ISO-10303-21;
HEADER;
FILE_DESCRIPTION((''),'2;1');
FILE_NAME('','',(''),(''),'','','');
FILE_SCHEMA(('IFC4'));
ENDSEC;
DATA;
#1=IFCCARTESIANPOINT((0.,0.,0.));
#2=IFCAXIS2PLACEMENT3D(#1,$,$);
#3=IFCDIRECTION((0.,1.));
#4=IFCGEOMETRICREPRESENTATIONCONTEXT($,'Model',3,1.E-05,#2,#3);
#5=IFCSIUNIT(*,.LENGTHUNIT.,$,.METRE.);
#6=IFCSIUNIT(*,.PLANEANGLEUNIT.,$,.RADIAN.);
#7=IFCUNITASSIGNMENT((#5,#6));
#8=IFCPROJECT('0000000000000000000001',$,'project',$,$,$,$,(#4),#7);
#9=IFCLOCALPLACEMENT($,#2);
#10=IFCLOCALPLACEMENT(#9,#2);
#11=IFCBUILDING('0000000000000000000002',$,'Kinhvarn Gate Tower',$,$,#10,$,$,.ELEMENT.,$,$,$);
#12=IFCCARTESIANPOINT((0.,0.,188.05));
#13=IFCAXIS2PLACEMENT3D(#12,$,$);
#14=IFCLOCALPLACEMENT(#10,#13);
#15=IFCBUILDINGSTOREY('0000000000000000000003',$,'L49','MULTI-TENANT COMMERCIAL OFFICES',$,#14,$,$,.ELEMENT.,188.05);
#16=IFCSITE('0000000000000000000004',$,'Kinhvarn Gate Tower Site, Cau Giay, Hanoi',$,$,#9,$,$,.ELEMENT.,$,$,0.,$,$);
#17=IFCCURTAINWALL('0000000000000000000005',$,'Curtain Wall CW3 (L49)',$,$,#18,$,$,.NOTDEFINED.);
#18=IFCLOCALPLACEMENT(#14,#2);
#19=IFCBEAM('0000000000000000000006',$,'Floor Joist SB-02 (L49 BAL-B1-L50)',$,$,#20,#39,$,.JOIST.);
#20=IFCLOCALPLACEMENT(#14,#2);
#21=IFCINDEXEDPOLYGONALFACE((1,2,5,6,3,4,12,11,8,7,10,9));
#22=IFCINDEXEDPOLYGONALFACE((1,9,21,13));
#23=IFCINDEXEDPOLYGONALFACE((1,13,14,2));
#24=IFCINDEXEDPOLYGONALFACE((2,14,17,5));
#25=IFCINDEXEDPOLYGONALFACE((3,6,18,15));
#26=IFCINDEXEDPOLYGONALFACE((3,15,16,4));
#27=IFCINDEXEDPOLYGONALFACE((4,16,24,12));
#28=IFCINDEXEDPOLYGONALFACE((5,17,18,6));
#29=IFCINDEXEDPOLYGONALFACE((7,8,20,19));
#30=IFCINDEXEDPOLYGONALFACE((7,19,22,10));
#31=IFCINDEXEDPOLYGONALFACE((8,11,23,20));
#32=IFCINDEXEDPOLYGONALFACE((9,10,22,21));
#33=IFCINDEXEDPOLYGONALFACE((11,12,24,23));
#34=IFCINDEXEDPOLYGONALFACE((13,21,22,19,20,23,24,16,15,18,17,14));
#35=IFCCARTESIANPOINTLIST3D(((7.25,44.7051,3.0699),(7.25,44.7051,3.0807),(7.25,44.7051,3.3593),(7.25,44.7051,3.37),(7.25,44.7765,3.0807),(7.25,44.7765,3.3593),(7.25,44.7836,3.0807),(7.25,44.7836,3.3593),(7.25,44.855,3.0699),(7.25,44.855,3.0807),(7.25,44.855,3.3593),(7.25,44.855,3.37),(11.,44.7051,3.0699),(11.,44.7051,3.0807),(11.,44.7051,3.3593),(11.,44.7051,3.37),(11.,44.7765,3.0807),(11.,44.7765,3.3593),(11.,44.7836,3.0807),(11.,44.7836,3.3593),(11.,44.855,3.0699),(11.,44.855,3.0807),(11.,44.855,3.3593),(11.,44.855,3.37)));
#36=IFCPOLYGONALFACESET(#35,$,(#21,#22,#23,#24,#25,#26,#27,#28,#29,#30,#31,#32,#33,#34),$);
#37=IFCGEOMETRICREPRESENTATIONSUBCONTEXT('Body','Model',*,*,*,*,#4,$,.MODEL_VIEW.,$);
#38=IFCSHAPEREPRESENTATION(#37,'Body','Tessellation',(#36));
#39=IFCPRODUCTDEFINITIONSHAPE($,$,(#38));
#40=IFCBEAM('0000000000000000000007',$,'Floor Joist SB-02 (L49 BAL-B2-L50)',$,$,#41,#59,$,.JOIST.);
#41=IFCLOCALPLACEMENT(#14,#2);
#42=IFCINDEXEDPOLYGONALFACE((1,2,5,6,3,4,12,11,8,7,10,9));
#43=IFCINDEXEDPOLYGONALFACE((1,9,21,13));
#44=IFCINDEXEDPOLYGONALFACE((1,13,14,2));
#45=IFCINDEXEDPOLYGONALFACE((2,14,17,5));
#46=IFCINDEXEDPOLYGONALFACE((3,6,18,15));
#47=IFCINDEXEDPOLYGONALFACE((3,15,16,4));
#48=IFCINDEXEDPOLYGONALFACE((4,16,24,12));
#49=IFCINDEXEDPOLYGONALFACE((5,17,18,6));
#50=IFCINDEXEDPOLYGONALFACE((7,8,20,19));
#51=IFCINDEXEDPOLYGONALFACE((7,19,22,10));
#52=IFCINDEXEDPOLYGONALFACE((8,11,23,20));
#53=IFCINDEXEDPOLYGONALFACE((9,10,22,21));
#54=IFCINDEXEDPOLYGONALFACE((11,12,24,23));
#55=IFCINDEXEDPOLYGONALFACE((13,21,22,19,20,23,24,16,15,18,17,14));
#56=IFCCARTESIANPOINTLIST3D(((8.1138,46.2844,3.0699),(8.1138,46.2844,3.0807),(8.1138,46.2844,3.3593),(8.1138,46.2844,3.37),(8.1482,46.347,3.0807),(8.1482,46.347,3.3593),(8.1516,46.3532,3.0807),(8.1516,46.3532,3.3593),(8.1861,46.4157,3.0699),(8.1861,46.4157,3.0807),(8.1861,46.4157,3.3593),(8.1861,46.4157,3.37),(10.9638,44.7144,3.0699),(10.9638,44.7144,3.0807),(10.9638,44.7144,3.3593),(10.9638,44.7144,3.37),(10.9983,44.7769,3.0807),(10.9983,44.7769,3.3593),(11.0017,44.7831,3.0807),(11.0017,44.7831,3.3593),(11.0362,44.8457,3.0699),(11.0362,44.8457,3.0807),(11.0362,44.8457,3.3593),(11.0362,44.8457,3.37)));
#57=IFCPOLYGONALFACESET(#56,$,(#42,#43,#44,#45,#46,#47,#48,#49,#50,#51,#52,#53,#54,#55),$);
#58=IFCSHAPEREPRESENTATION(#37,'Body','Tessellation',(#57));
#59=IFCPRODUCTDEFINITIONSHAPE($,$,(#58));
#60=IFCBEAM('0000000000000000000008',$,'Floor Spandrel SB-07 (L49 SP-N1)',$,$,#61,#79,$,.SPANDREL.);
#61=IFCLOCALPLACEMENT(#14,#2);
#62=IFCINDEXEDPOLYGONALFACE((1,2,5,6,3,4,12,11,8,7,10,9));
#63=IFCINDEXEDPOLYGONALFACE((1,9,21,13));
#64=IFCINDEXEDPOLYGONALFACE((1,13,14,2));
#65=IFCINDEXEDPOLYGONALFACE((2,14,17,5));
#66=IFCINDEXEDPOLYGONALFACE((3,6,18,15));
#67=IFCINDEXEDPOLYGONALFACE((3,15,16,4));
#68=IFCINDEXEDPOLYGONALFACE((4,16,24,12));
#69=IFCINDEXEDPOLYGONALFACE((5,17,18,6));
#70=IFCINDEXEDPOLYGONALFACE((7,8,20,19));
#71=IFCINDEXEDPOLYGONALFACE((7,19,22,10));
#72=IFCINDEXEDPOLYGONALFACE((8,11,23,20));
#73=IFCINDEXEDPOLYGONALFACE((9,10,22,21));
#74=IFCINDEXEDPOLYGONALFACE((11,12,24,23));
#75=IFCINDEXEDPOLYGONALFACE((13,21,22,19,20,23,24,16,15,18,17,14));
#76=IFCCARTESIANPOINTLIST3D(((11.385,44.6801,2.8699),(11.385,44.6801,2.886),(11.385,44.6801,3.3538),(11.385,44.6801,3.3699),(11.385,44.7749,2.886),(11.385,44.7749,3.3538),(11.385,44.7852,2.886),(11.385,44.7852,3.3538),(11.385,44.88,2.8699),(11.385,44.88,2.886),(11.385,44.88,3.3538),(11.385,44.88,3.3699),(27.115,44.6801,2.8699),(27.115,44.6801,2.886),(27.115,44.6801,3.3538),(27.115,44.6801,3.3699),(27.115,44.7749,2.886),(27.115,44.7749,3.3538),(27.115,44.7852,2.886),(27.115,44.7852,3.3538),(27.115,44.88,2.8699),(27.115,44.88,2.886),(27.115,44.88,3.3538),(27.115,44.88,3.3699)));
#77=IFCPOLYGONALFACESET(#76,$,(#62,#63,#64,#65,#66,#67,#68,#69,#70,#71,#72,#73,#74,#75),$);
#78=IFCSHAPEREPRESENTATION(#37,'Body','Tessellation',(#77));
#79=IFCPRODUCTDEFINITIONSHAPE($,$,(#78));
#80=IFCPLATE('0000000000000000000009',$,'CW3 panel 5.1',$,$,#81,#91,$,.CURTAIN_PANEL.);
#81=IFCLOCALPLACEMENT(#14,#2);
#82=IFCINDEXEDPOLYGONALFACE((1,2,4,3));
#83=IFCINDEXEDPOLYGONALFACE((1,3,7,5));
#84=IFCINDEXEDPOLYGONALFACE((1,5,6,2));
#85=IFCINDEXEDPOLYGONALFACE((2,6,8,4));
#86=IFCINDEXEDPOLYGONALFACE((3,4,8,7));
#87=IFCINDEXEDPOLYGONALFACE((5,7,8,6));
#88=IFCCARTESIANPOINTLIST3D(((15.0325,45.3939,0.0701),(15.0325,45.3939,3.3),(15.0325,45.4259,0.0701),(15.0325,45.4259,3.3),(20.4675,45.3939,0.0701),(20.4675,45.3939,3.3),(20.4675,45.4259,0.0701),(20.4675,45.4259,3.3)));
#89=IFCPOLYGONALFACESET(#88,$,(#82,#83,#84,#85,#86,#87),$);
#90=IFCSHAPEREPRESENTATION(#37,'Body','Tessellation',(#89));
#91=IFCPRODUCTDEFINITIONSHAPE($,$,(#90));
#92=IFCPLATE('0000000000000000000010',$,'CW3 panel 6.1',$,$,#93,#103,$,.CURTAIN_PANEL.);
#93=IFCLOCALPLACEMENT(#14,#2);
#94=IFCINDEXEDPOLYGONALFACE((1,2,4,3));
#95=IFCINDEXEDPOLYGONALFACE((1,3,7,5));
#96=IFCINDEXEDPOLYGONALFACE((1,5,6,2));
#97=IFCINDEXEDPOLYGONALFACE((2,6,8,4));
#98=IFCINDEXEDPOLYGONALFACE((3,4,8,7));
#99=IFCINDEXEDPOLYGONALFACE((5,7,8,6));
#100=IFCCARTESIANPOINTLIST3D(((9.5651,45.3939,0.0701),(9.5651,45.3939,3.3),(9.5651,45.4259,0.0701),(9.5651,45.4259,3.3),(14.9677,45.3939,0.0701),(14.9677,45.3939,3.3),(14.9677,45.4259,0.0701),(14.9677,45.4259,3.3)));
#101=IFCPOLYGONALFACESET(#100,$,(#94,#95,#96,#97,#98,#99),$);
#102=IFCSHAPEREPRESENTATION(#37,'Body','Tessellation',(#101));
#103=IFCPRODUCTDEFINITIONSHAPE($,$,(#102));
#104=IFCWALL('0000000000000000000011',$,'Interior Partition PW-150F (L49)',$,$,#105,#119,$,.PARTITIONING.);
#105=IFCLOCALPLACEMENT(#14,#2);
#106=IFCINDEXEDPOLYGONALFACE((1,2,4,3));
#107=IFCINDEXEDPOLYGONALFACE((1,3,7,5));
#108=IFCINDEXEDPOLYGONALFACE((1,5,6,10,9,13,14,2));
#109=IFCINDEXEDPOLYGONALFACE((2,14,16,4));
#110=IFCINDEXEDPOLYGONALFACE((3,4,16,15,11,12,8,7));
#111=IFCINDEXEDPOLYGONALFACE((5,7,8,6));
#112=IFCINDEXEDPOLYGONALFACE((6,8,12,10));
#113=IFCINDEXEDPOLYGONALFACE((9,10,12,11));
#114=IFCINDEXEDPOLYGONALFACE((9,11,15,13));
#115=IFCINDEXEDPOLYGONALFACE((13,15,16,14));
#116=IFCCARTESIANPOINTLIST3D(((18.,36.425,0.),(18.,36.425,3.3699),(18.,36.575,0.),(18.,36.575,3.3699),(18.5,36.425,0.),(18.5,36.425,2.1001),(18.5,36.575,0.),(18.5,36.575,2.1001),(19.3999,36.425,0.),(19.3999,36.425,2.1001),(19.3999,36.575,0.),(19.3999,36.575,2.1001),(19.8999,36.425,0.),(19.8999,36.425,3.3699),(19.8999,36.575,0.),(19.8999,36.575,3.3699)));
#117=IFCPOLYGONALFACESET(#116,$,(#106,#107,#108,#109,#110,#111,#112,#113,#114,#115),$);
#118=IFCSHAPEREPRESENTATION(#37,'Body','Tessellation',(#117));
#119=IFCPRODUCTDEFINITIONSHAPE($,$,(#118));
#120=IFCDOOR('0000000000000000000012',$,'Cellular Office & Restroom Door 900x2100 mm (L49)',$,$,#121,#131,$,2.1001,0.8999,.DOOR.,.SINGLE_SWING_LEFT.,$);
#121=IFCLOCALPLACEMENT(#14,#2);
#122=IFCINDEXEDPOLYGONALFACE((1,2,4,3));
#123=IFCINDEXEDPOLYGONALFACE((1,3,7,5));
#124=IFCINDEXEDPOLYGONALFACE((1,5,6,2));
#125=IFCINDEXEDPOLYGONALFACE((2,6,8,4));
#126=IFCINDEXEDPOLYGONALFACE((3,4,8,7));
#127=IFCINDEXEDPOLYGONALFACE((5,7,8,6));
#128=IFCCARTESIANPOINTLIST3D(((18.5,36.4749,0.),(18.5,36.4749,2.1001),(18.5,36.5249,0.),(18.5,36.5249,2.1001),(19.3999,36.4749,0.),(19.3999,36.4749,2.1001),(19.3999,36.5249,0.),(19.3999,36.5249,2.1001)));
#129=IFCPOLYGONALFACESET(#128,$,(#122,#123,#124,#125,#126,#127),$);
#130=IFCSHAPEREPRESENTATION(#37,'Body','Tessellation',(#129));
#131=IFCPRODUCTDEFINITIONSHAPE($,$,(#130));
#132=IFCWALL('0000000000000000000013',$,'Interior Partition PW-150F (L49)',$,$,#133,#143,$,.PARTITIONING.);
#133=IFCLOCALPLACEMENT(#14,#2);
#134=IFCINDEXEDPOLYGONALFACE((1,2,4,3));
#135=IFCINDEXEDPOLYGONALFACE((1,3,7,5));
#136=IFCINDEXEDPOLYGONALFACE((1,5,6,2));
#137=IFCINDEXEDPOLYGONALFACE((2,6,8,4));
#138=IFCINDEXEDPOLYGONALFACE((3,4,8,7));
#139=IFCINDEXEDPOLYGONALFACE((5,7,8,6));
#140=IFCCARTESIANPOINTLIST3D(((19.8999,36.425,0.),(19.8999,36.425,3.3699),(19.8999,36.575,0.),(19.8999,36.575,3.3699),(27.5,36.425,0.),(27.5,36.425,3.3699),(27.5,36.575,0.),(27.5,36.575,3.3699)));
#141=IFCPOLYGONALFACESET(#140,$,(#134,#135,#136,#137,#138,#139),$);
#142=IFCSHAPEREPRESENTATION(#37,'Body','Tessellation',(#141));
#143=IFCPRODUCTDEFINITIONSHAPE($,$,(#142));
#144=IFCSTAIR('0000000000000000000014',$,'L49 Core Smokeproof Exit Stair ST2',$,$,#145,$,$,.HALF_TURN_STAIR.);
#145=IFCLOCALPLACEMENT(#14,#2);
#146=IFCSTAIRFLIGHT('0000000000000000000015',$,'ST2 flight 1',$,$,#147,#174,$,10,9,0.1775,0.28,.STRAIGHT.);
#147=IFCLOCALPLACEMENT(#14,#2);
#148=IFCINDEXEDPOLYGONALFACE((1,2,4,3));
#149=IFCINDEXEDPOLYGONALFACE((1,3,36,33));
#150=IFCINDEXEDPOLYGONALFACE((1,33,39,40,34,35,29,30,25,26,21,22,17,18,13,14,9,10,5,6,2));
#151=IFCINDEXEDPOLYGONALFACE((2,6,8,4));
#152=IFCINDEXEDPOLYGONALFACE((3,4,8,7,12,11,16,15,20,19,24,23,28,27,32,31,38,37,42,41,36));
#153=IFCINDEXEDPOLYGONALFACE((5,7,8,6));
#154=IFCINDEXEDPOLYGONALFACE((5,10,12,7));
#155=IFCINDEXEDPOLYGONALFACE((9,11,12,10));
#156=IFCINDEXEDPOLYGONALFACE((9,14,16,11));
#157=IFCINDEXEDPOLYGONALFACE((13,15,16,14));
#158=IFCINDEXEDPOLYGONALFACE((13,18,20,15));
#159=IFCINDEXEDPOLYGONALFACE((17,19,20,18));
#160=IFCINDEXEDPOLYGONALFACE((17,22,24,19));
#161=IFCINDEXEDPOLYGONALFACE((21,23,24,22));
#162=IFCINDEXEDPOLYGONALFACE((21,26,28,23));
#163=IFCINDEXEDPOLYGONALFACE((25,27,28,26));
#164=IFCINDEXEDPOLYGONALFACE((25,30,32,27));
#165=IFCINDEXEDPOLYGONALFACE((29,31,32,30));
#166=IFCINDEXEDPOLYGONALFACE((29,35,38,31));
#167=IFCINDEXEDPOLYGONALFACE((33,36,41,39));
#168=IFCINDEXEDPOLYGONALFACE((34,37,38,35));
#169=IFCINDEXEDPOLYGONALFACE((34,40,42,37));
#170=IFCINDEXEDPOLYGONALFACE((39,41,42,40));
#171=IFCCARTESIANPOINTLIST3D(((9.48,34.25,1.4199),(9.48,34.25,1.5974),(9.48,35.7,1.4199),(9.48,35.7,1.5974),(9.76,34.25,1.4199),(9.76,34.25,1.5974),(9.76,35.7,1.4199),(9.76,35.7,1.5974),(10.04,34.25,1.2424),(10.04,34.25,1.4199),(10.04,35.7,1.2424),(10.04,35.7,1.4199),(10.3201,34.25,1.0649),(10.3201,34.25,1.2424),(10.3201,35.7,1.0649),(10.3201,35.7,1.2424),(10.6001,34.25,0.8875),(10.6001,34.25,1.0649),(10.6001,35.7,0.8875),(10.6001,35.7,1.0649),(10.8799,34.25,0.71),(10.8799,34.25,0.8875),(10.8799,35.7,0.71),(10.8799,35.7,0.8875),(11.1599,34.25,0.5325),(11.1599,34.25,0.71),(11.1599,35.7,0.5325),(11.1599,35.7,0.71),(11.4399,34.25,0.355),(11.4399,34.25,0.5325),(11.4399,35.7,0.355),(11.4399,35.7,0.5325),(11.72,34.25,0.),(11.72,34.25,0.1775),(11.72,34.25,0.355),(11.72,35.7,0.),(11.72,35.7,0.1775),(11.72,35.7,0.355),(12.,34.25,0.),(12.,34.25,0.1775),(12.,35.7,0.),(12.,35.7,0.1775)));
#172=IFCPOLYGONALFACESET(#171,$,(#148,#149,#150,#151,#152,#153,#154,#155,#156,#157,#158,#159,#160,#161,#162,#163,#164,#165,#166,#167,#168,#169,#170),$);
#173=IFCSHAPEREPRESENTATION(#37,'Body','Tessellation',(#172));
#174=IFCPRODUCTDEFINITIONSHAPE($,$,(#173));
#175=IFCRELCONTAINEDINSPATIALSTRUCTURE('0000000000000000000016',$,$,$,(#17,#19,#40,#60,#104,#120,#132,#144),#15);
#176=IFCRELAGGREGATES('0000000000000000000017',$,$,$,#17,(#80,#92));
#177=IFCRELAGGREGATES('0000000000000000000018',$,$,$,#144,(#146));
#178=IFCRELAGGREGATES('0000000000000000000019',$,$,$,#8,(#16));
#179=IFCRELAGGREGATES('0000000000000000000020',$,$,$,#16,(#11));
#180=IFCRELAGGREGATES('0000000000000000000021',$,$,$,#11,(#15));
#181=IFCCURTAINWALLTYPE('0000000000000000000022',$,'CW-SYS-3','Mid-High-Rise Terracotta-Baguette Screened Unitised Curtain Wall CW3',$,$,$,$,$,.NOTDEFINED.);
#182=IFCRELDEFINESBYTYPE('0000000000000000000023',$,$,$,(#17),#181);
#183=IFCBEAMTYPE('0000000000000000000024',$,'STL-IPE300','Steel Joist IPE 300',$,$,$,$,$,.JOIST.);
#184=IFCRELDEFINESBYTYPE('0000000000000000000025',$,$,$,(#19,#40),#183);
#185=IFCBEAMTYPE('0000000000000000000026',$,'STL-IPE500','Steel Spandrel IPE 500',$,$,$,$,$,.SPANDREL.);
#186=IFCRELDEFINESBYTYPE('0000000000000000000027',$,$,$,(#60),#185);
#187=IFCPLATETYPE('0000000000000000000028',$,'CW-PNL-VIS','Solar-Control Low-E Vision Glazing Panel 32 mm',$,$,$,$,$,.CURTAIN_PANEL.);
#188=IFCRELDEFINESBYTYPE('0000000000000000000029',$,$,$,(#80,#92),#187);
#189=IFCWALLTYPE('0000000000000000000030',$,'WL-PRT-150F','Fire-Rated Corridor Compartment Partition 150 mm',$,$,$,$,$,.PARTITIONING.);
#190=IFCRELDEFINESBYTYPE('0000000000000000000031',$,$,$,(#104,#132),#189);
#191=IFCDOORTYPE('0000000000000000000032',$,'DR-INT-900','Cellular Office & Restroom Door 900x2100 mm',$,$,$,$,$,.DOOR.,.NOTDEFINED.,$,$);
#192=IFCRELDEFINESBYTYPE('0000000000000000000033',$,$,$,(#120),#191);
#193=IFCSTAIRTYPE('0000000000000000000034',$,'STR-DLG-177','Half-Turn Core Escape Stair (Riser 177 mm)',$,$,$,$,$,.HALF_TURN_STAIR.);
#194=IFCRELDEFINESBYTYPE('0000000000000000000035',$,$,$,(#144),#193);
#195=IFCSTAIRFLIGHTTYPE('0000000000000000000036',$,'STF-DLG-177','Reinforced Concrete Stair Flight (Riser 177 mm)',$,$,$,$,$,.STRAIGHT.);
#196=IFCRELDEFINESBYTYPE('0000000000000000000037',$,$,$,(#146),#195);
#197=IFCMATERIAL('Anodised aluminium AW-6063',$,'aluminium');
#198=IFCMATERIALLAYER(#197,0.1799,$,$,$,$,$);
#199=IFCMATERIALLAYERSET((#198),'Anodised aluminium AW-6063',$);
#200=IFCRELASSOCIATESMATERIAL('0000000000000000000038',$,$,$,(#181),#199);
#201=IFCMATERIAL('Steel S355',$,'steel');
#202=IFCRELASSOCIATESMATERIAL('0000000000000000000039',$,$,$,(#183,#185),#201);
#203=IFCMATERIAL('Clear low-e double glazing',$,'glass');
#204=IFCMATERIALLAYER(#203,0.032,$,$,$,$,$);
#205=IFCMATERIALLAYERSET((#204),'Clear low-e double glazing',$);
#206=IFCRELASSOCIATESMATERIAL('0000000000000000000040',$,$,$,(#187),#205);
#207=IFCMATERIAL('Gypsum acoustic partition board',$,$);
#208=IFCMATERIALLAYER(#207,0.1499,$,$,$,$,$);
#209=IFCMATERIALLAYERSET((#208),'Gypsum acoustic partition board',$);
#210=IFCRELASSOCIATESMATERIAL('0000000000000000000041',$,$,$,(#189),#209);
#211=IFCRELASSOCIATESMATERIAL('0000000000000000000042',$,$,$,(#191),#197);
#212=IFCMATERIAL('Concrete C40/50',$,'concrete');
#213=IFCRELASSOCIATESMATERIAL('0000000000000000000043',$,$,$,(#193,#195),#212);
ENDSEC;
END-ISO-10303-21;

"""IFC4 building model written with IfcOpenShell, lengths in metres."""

from ifc_helpers import new_model, si_unit, direction, frame, frame_2d, origin, origin_2d, place, context, subcontext, project, spatial, polyline, rectangle, i_section, outline, extrude, material, layer, layer_set, material_profile, profile_set, type_object, element, fill, aggregate, save


model = new_model("IFC4")

# Units and contexts
model_context = context("Model", 3, precision=1e-05, world=origin(), true_north=direction((0.0, 1.0)))
body_context = subcontext(model_context, "Body", "Model", "MODEL_VIEW")
ifc_project = project(units=[si_unit("LENGTHUNIT", "METRE"), si_unit("PLANEANGLEUNIT", "RADIAN")], contexts=[model_context])

# Site, building, storey
site_placement = place(None, origin())
site = spatial("IfcSite", under=ifc_project, at=site_placement, Name="Kinhvarn Gate Tower Site, Cau Giay, Hanoi", CompositionType="ELEMENT", RefElevation=0.0)
building_placement = place(site_placement, origin())
building = spatial("IfcBuilding", under=site, at=building_placement, Name="Kinhvarn Gate Tower", CompositionType="ELEMENT")
storey_placement = place(building_placement, frame((0.0, 0.0, 188.05)))
storey = spatial("IfcBuildingStorey", under=building, at=storey_placement, Name="L49", Description="MULTI-TENANT COMMERCIAL OFFICES", CompositionType="ELEMENT", Elevation=188.05)

# Curtain wall
ifc_material_1 = material(Name="Anodised aluminium AW-6063", Category="aluminium")
ifc_layer_1 = layer(ifc_material_1, 0.1799)
ifc_layer_set_1 = layer_set([ifc_layer_1], Name="Anodised aluminium AW-6063")
curtain_wall_type = type_object("IfcCurtainWallType", Name="CW-SYS-3", Description="Mid-High-Rise Terracotta-Baguette Screened Unitised Curtain Wall CW3", PredefinedType="NOTDEFINED", material=ifc_layer_set_1)
curtain_wall_placement = place(storey_placement, origin())
curtain_wall = element("IfcCurtainWall", 1, at=curtain_wall_placement, inside=storey, type_object=curtain_wall_type, Name="Curtain Wall CW3 (L49)", PredefinedType="NOTDEFINED")

# Beams
ifc_material_2 = material(Name="Steel S355", Category="steel")
ifc_material_profile_1 = material_profile(ifc_material_2, i_section(OverallWidth=0.1499, OverallDepth=0.3, WebThickness=0.0071, FlangeThickness=0.0107, at=origin_2d()), Name="IPE 300")
ifc_profile_set_1 = profile_set([ifc_material_profile_1], Name="Steel S355")
beam_type_1 = type_object("IfcBeamType", Name="STL-IPE300", Description="Steel Joist IPE 300", PredefinedType="JOIST", material=ifc_profile_set_1)
beam_1_placement = place(storey_placement, frame((11.0, 44.78, 3.22), z_axis=(-1.0, 0.0, 0.0), x_axis=(0.0, -1.0, 0.0)))
element("IfcBeam", 2, at=beam_1_placement, inside=storey, type_object=beam_type_1, Name="Floor Joist SB-02 (L49 BAL-B1-L50)", PredefinedType="JOIST", context=body_context, shape_type="SweptSolid", body=[
    extrude(i_section(OverallWidth=0.1499, OverallDepth=0.3, WebThickness=0.0071, FlangeThickness=0.0107, at=origin_2d()), origin(), (0.0, 0.0, 1.0), 3.75),
])
beam_2_placement = place(storey_placement, frame((11.0, 44.78, 3.22), z_axis=(-0.875889, 0.482512, 0.0), x_axis=(-0.482512, -0.875889, 0.0)))
element("IfcBeam", 3, at=beam_2_placement, inside=storey, type_object=beam_type_1, Name="Floor Joist SB-02 (L49 BAL-B2-L50)", PredefinedType="JOIST", context=body_context, shape_type="SweptSolid", body=[
    extrude(i_section(OverallWidth=0.1499, OverallDepth=0.3, WebThickness=0.0071, FlangeThickness=0.0107, at=origin_2d()), origin(), (0.0, 0.0, 1.0), 3.2539),
])
ifc_material_profile_2 = material_profile(ifc_material_2, i_section(OverallWidth=0.2, OverallDepth=0.5, WebThickness=0.0103, FlangeThickness=0.0161, at=origin_2d()), Name="IPE 500")
ifc_profile_set_2 = profile_set([ifc_material_profile_2], Name="Steel S355")
beam_type_2 = type_object("IfcBeamType", Name="STL-IPE500", Description="Steel Spandrel IPE 500", PredefinedType="SPANDREL", material=ifc_profile_set_2)
beam_3_placement = place(storey_placement, frame((11.385, 44.78, 3.1199), z_axis=(1.0, 0.0, 0.0), x_axis=(0.0, 1.0, 0.0)))
element("IfcBeam", 4, at=beam_3_placement, inside=storey, type_object=beam_type_2, Name="Floor Spandrel SB-07 (L49 SP-N1)", PredefinedType="SPANDREL", context=body_context, shape_type="SweptSolid", body=[
    extrude(i_section(OverallWidth=0.2, OverallDepth=0.5, WebThickness=0.0103, FlangeThickness=0.0161, at=origin_2d()), origin(), (0.0, 0.0, 1.0), 15.73),
])

# Plates
ifc_material_3 = material(Name="Clear low-e double glazing", Category="glass")
ifc_layer_2 = layer(ifc_material_3, 0.032)
ifc_layer_set_2 = layer_set([ifc_layer_2], Name="Clear low-e double glazing")
plate_type = type_object("IfcPlateType", Name="CW-PNL-VIS", Description="Solar-Control Low-E Vision Glazing Panel 32 mm", PredefinedType="CURTAIN_PANEL", material=ifc_layer_set_2)
plate_1_placement = place(storey_placement, frame((17.75, 45.4099, 0.0701), z_axis=(0.0, 0.0, 1.0), x_axis=(-1.0, 0.0, 0.0)))
plate_1 = element("IfcPlate", 5, at=plate_1_placement, type_object=plate_type, Name="CW3 panel 5.1", PredefinedType="CURTAIN_PANEL", context=body_context, shape_type="SweptSolid", body=[
    extrude(rectangle(XDim=5.4351, YDim=0.032, at=origin_2d()), origin(), (0.0, 0.0, 1.0), 3.23),
])
plate_2_placement = place(storey_placement, frame((12.2664, 45.4099, 0.0701), z_axis=(0.0, 0.0, 1.0), x_axis=(-1.0, 0.0, 0.0)))
plate_2 = element("IfcPlate", 6, at=plate_2_placement, type_object=plate_type, Name="CW3 panel 6.1", PredefinedType="CURTAIN_PANEL", context=body_context, shape_type="SweptSolid", body=[
    extrude(rectangle(XDim=5.4026, YDim=0.032, at=origin_2d()), origin(), (0.0, 0.0, 1.0), 3.23),
])
aggregate(curtain_wall, [plate_1, plate_2])

# Wall, opening, door
ifc_material_4 = material(Name="Gypsum acoustic partition board")
ifc_layer_3 = layer(ifc_material_4, 0.1499)
ifc_layer_set_3 = layer_set([ifc_layer_3], Name="Gypsum acoustic partition board")
wall_type = type_object("IfcWallType", Name="WL-PRT-150F", Description="Fire-Rated Corridor Compartment Partition 150 mm", PredefinedType="PARTITIONING", material=ifc_layer_set_3)
wall_1_placement = place(storey_placement, frame((18.0, 36.5, 0.0), z_axis=(0.0, 0.0, 1.0), x_axis=(1.0, 0.0, 0.0)))
wall_1 = element("IfcWall", 7, at=wall_1_placement, inside=storey, type_object=wall_type, Name="Interior Partition PW-150F (L49)", PredefinedType="PARTITIONING", context=body_context, shape_type="SweptSolid", body=[
    extrude(rectangle(XDim=1.8999, YDim=0.1499, at=frame_2d((0.95, 0.0))), origin(), (0.0, 0.0, 1.0), 3.3699),
])
opening_placement = place(wall_1_placement, frame((0.5, 0.0, 0.0)))
opening = element("IfcOpeningElement", 8, at=opening_placement, cuts=wall_1, PredefinedType="OPENING", context=body_context, shape_type="SweptSolid", body=[
    extrude(rectangle(XDim=0.8999, YDim=2.1001, at=frame_2d((0.45, 1.05))), frame((0.0, 0.085, 0.0), z_axis=(0.0, -1.0, 0.0), x_axis=(1.0, 0.0, 0.0)), (0.0, 0.0, 1.0), 0.1699),
])
door_type = type_object("IfcDoorType", Name="DR-INT-900", Description="Cellular Office & Restroom Door 900x2100 mm", OperationType="NOTDEFINED", PredefinedType="DOOR", material=ifc_material_1)
door_placement = place(opening_placement, origin())
door = element("IfcDoor", 9, at=door_placement, inside=storey, type_object=door_type, Name="Cellular Office & Restroom Door 900x2100 mm (L49)", OperationType="SINGLE_SWING_LEFT", OverallHeight=2.1001, OverallWidth=0.8999, PredefinedType="DOOR", context=body_context, shape_type="SweptSolid", body=[
    extrude(rectangle(XDim=0.8999, YDim=2.1001, at=frame_2d((0.45, 1.05))), frame((0.0, 0.0249, 0.0), z_axis=(0.0, -1.0, 0.0), x_axis=(1.0, 0.0, 0.0)), (0.0, 0.0, 1.0), 0.05),
])
fill(opening, door)

# Wall
wall_2_placement = place(storey_placement, frame((19.8999, 36.5, 0.0), z_axis=(0.0, 0.0, 1.0), x_axis=(1.0, 0.0, 0.0)))
element("IfcWall", 10, at=wall_2_placement, inside=storey, type_object=wall_type, Name="Interior Partition PW-150F (L49)", PredefinedType="PARTITIONING", context=body_context, shape_type="SweptSolid", body=[
    extrude(rectangle(XDim=7.6001, YDim=0.1499, at=frame_2d((3.8, 0.0))), origin(), (0.0, 0.0, 1.0), 3.3699),
])

# Stair, stair flight
ifc_material_5 = material(Name="Concrete C40/50", Category="concrete")
stair_type = type_object("IfcStairType", Name="STR-DLG-177", Description="Half-Turn Core Escape Stair (Riser 177 mm)", PredefinedType="HALF_TURN_STAIR", material=ifc_material_5)
stair_placement = place(storey_placement, origin())
stair = element("IfcStair", 11, at=stair_placement, inside=storey, type_object=stair_type, Name="L49 Core Smokeproof Exit Stair ST2", PredefinedType="HALF_TURN_STAIR")
stair_flight_type = type_object("IfcStairFlightType", Name="STF-DLG-177", Description="Reinforced Concrete Stair Flight (Riser 177 mm)", PredefinedType="STRAIGHT", material=ifc_material_5)
stair_flight_placement = place(storey_placement, frame((12.0, 34.9751, 0.0), z_axis=(0.0, 0.0, 1.0), x_axis=(-1.0, 0.0, 0.0)))
stair_flight = element("IfcStairFlight", 12, at=stair_flight_placement, type_object=stair_flight_type, Name="ST2 flight 1", NumberOfRisers=10, NumberOfTreads=9, PredefinedType="STRAIGHT", RiserHeight=0.1775, TreadLength=0.28, context=body_context, shape_type="SweptSolid", body=[
    extrude(outline(polyline([(0.0, 0.0), (0.0, 0.1775), (0.28, 0.1775), (0.28, 0.355), (0.5601, 0.355), (0.5601, 0.5325), (0.8401, 0.5325), (0.8401, 0.71), (1.1201, 0.71), (1.1201, 0.8875), (1.3999, 0.8875), (1.3999, 1.0649), (1.6799, 1.0649), (1.6799, 1.2424), (1.96, 1.2424), (1.96, 1.4199), (2.24, 1.4199), (2.24, 1.5974), (2.52, 1.5974), (2.52, 1.7749), (2.52, 1.4199), (0.28, 0.0), (0.0, 0.0)])), frame((0.0, 0.7251, 0.0), z_axis=(0.0, -1.0, 0.0), x_axis=(1.0, 0.0, 0.0)), (0.0, 0.0, 1.0), 1.45),
])
aggregate(stair, [stair_flight])

save(model, "model.ifc")
